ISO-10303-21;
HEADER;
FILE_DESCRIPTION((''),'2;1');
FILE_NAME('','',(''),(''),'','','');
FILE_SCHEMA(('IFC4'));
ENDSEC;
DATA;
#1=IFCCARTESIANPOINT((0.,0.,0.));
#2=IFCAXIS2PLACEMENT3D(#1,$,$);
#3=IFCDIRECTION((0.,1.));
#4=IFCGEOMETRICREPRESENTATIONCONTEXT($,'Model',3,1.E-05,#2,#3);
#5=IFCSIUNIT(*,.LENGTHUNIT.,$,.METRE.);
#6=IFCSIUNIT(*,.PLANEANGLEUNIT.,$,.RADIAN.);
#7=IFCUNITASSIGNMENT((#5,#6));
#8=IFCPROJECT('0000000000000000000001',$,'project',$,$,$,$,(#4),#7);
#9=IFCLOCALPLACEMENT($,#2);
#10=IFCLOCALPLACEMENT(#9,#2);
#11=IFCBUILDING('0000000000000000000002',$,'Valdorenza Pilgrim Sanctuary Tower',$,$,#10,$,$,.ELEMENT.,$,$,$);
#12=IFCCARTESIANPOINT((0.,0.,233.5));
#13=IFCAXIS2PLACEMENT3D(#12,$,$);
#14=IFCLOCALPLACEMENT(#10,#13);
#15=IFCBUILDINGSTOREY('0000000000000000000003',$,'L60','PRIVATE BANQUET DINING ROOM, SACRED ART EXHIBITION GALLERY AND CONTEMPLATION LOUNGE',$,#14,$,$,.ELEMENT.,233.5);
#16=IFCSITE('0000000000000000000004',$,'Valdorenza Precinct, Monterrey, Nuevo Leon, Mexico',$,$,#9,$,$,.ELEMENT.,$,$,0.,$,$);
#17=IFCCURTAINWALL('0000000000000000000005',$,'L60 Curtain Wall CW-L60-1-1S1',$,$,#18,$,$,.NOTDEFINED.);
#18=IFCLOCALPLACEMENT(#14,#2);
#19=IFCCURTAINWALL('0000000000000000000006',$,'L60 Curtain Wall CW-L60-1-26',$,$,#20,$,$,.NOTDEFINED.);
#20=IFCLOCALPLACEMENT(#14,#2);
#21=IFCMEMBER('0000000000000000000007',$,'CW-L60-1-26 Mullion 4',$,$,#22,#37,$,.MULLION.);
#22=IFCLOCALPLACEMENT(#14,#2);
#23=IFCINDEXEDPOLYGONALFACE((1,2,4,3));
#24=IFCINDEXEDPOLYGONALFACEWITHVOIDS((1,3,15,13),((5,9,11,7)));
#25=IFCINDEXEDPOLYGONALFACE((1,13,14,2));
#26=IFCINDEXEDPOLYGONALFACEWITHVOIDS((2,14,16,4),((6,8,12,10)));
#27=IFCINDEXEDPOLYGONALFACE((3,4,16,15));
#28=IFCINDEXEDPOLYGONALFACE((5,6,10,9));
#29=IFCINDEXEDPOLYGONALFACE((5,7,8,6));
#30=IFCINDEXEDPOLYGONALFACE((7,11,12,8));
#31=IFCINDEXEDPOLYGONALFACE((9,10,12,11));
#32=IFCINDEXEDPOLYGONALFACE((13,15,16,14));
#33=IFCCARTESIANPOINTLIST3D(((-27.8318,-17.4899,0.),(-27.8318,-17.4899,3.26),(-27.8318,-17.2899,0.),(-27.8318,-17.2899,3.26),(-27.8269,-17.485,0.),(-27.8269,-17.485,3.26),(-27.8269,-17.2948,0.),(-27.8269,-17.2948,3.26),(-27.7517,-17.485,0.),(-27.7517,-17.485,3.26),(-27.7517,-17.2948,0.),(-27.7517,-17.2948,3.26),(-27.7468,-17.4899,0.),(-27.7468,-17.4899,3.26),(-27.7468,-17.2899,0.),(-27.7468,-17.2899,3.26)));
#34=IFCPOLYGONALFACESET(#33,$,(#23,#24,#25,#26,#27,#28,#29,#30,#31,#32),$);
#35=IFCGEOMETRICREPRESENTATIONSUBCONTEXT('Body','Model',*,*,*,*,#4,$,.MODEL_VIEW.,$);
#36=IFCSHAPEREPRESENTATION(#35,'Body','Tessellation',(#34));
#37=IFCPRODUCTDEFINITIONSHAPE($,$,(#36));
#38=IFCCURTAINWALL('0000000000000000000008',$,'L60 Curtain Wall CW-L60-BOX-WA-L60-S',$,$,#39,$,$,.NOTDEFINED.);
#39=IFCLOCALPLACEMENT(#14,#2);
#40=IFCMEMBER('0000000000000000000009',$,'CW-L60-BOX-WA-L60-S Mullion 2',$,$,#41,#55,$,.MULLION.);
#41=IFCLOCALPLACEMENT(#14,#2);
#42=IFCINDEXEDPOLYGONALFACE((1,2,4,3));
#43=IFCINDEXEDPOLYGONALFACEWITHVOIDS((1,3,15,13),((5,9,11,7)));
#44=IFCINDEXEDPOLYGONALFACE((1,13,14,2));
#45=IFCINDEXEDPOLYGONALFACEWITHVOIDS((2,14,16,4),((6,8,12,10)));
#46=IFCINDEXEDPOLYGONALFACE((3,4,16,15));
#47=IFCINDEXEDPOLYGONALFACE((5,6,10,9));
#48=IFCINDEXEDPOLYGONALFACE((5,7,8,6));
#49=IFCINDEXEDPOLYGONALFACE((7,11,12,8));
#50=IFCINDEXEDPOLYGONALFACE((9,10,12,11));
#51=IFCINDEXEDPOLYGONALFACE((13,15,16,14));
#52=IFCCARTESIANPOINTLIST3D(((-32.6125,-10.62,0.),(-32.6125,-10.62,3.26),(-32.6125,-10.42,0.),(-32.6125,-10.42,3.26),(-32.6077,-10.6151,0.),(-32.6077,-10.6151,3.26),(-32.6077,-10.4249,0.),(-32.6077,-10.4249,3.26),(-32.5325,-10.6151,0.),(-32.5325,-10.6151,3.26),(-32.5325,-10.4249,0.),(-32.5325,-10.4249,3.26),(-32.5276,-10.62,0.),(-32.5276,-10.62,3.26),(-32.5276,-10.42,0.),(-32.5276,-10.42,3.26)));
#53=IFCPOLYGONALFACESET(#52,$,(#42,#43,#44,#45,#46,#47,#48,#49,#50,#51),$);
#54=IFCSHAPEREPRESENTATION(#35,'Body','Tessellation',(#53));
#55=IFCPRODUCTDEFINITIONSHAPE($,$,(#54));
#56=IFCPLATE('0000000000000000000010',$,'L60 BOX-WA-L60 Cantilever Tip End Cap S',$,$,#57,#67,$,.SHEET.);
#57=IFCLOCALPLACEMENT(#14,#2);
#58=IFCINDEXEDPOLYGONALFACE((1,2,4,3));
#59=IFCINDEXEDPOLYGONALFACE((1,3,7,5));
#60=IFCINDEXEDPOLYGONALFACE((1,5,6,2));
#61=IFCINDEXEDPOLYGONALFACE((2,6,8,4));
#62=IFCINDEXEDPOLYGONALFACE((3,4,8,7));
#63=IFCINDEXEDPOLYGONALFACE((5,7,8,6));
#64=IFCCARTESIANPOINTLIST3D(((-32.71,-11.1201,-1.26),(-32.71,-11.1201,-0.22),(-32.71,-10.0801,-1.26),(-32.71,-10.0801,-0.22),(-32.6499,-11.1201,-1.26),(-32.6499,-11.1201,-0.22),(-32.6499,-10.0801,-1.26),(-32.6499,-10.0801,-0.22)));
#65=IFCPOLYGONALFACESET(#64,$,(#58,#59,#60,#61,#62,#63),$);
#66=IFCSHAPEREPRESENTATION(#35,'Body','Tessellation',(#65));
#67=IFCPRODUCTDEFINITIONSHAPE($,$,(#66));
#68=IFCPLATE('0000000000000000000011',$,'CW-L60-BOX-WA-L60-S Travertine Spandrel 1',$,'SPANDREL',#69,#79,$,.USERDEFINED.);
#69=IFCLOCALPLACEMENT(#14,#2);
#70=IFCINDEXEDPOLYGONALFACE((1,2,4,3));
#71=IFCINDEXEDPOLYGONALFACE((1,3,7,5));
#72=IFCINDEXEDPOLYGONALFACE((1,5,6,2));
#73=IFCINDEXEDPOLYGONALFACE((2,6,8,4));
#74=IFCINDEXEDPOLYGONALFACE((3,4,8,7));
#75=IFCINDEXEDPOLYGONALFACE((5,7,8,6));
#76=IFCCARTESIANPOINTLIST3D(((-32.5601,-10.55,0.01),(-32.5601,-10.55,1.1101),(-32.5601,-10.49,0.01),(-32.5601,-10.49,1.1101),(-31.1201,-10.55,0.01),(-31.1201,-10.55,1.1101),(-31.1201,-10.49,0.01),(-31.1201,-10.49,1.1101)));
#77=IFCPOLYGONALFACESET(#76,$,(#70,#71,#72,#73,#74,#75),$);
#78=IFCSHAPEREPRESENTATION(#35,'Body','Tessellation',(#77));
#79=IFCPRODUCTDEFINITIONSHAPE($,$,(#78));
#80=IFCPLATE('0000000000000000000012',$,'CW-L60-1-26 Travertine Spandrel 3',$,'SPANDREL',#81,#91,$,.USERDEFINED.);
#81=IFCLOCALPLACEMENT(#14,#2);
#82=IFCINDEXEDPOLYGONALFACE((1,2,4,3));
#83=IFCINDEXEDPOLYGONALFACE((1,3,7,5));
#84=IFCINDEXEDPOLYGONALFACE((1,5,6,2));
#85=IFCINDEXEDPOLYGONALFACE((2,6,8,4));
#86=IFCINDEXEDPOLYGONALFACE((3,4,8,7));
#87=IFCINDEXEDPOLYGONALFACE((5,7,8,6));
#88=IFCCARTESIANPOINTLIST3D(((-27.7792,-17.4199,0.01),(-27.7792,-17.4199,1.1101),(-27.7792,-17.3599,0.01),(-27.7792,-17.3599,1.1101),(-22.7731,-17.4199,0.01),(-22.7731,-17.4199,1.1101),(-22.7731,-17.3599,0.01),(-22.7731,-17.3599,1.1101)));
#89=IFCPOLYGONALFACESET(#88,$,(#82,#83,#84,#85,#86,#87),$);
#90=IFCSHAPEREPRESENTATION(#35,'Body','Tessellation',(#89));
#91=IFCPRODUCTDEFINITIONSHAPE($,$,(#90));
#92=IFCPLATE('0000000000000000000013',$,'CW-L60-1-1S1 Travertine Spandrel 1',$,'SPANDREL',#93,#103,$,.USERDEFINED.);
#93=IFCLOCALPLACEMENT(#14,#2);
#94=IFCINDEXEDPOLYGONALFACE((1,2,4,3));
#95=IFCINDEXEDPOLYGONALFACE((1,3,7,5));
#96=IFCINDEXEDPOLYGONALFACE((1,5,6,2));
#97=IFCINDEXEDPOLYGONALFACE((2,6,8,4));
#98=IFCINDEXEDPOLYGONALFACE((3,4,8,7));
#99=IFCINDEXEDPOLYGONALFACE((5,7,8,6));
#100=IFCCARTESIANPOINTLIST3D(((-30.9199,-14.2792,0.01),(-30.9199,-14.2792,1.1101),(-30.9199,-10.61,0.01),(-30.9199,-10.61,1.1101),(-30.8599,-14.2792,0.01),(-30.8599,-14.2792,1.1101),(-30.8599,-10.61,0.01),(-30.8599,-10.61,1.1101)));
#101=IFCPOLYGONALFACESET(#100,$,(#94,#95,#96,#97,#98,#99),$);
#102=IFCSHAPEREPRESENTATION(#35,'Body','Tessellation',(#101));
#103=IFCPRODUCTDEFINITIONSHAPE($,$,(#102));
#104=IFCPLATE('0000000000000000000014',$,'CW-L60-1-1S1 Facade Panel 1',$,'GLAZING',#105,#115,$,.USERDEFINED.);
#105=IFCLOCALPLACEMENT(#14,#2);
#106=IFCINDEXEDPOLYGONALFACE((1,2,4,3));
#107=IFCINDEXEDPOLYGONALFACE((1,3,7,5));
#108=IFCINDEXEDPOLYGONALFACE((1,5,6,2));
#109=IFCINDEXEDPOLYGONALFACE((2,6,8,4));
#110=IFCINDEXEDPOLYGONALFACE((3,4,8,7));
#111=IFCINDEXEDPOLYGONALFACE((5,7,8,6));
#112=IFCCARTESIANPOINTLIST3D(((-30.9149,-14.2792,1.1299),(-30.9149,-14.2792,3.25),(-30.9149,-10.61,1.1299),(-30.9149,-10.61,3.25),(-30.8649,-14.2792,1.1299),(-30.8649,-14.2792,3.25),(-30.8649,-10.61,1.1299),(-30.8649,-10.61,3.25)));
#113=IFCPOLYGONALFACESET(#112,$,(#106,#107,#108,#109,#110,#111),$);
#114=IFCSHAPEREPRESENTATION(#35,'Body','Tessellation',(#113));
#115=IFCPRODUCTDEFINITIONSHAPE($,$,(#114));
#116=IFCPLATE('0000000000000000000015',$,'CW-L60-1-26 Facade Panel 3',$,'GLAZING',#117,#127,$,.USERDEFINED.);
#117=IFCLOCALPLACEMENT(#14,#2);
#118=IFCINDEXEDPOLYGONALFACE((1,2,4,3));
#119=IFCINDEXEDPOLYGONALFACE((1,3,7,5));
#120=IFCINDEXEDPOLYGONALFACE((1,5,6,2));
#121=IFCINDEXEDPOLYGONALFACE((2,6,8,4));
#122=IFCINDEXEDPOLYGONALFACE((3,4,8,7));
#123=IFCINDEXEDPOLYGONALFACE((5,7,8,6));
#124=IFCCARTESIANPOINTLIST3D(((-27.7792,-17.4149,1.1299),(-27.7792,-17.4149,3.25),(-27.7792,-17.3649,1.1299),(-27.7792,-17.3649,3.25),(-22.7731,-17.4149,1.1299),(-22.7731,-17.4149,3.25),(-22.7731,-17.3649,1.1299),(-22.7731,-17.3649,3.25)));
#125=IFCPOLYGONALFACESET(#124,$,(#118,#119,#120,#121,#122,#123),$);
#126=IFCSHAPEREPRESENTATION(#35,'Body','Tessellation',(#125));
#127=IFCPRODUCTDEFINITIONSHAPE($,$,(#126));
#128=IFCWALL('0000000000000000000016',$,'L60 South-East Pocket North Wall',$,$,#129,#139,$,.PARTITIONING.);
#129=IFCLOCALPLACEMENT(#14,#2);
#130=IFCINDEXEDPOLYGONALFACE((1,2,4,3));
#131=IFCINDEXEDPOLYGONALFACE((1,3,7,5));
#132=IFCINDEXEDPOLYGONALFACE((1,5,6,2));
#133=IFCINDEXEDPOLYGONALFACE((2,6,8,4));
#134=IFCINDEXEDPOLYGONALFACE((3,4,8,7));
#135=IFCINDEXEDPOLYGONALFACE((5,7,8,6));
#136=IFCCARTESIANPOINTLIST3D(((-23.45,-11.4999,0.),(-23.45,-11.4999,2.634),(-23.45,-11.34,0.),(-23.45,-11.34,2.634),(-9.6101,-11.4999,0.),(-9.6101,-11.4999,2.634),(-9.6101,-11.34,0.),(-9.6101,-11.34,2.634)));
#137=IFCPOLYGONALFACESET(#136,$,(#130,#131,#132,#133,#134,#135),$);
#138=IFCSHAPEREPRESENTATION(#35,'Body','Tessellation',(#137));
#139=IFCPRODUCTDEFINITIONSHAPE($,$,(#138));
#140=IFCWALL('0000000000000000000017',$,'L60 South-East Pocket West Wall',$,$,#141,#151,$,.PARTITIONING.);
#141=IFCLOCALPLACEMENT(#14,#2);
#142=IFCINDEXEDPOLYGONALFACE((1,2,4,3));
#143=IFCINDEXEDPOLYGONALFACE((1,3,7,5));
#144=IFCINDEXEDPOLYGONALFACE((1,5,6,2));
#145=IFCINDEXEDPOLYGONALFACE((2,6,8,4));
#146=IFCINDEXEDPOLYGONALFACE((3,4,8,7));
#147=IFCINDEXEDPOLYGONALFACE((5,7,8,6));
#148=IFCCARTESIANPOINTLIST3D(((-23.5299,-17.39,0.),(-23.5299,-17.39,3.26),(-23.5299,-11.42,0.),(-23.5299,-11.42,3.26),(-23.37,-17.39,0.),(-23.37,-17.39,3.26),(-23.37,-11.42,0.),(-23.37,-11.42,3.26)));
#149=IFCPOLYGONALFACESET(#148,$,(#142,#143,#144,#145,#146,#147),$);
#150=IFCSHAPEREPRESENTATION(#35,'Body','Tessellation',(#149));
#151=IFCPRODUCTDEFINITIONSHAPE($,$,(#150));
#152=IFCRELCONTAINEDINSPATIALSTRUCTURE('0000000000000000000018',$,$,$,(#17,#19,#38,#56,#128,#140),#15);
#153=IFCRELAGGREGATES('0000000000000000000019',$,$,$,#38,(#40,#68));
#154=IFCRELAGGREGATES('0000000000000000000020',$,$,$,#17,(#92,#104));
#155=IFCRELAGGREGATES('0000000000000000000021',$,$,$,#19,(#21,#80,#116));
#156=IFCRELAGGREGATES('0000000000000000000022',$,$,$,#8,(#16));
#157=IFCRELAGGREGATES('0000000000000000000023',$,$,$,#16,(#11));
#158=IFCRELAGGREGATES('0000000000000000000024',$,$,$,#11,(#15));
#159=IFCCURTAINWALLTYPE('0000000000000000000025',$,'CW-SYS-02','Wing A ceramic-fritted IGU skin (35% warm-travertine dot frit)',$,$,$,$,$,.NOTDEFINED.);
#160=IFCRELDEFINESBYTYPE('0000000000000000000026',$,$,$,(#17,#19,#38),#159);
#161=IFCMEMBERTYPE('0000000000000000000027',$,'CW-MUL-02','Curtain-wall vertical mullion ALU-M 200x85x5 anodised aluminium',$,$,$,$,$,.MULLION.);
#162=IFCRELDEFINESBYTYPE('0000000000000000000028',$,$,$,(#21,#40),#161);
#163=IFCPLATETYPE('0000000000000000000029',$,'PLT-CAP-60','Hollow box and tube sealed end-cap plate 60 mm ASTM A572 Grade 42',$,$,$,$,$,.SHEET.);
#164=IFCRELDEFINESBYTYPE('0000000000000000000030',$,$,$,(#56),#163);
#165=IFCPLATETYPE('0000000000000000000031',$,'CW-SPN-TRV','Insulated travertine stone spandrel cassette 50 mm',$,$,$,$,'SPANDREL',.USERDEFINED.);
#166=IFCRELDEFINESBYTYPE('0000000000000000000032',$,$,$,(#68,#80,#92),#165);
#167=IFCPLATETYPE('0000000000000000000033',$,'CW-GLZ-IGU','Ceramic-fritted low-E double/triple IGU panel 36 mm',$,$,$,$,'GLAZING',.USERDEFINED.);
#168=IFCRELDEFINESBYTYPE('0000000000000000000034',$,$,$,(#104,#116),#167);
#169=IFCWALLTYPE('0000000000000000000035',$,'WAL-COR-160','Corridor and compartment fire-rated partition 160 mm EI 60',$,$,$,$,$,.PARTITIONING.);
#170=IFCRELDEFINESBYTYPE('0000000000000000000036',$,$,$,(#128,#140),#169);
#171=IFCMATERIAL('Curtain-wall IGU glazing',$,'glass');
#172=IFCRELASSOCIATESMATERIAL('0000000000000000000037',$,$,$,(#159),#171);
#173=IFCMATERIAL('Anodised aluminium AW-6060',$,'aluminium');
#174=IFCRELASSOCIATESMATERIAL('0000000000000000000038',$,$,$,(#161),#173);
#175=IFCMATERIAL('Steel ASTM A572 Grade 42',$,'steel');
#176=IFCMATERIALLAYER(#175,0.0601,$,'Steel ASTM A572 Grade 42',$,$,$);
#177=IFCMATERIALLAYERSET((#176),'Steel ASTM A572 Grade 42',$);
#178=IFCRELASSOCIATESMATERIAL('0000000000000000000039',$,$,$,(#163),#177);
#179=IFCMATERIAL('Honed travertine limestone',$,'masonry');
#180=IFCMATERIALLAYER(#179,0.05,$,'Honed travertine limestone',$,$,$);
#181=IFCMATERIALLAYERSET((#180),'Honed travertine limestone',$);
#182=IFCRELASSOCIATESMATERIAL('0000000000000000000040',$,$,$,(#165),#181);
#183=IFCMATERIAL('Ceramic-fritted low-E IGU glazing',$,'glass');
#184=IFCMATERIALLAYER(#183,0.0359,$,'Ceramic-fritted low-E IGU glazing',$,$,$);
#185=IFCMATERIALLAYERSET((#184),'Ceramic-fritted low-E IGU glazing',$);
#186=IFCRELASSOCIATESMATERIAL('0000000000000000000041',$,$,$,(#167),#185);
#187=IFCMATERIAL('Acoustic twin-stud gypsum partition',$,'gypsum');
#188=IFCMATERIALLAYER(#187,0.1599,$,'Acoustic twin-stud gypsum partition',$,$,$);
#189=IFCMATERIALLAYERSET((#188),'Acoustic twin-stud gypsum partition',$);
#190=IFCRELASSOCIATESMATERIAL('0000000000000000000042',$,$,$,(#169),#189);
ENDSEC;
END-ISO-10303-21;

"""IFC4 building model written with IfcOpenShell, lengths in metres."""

from ifc_helpers import new_model, si_unit, direction, frame, frame_2d, origin, origin_2d, place, context, subcontext, project, spatial, rectangle, hollow_rectangle, extrude, source, transform, mapped, material, layer, layer_set, material_profile, profile_set, type_object, element, aggregate, save


model = new_model("IFC4")

# Units and contexts
model_context = context("Model", 3, precision=1e-05, world=origin(), true_north=direction((0.0, 1.0)))
body_context = subcontext(model_context, "Body", "Model", "MODEL_VIEW")
ifc_project = project(units=[si_unit("LENGTHUNIT", "METRE"), si_unit("PLANEANGLEUNIT", "RADIAN")], contexts=[model_context])

# Site, building, storey
site_placement = place(None, origin())
site = spatial("IfcSite", under=ifc_project, at=site_placement, Name="Valdorenza Precinct, Monterrey, Nuevo Leon, Mexico", CompositionType="ELEMENT", RefElevation=0.0)
building_placement = place(site_placement, origin())
building = spatial("IfcBuilding", under=site, at=building_placement, Name="Valdorenza Pilgrim Sanctuary Tower", CompositionType="ELEMENT")
storey_placement = place(building_placement, frame((0.0, 0.0, 233.5)))
storey = spatial("IfcBuildingStorey", under=building, at=storey_placement, Name="L60", Description="PRIVATE BANQUET DINING ROOM, SACRED ART EXHIBITION GALLERY AND CONTEMPLATION LOUNGE", CompositionType="ELEMENT", Elevation=233.5)

# Shared definitions
ifc_material_1 = material(Name="Steel ASTM A572 Grade 42", Category="steel")

# Shared definitions
ifc_material_2 = material(Name="Curtain-wall IGU glazing", Category="glass")
curtain_wall_type = type_object("IfcCurtainWallType", Name="CW-SYS-02", Description="Wing A ceramic-fritted IGU skin (35% warm-travertine dot frit)", PredefinedType="NOTDEFINED", material=ifc_material_2)
ifc_material_3 = material(Name="Anodised aluminium AW-6060", Category="aluminium")

# Curtain walls, member
curtain_wall_1_placement = place(storey_placement, origin())
curtain_wall_1 = element("IfcCurtainWall", 1, at=curtain_wall_1_placement, inside=storey, type_object=curtain_wall_type, Name="L60 Curtain Wall CW-L60-1-1S1", PredefinedType="NOTDEFINED")
ifc_material_profile_1 = material_profile(ifc_material_3, hollow_rectangle(XDim=0.085, YDim=0.2, WallThickness=0.0049, at=origin_2d()), Name="ALU-M 200x85x5")
ifc_profile_set_1 = profile_set([ifc_material_profile_1], Name="Anodised aluminium AW-6060")
member_type_1 = type_object("IfcMemberType", Name="CW-MUL-02", Description="Curtain-wall vertical mullion ALU-M 200x85x5 anodised aluminium", PredefinedType="MULLION", material=ifc_profile_set_1)
shared_shape_1 = source(origin(), body_context, "Body", "SweptSolid", [
    extrude(hollow_rectangle(XDim=0.085, YDim=0.2, WallThickness=0.0049, at=origin_2d()), origin(), (0.0, 0.0, 1.0), 3.26),
])
curtain_wall_2_placement = place(storey_placement, origin())
curtain_wall_2 = element("IfcCurtainWall", 2, at=curtain_wall_2_placement, inside=storey, type_object=curtain_wall_type, Name="L60 Curtain Wall CW-L60-1-26", PredefinedType="NOTDEFINED")
member_1_placement = place(storey_placement, frame((-27.7893, -17.3899, 0.0), z_axis=(0.0, 0.0, 1.0), x_axis=(-1.0, 0.0, 0.0)))
member_1 = element("IfcMember", 3, at=member_1_placement, type_object=member_type_1, Name="CW-L60-1-26 Mullion 4", PredefinedType="MULLION", context=body_context, shape_type="MappedRepresentation", body=[
    mapped(shared_shape_1, transform((0.0, 0.0, 0.0), x_axis=(1.0, 0.0, 0.0), y_axis=(0.0, 1.0, 0.0), z_axis=(0.0, 0.0, 1.0), scale=1.0)),
])

# Curtain wall, member
curtain_wall_3_placement = place(storey_placement, origin())
curtain_wall_3 = element("IfcCurtainWall", 4, at=curtain_wall_3_placement, inside=storey, type_object=curtain_wall_type, Name="L60 Curtain Wall CW-L60-BOX-WA-L60-S", PredefinedType="NOTDEFINED")
member_2_placement = place(storey_placement, frame((-32.5701, -10.52, 0.0), z_axis=(0.0, 0.0, 1.0), x_axis=(-1.0, 0.0, 0.0)))
member_2 = element("IfcMember", 5, at=member_2_placement, type_object=member_type_1, Name="CW-L60-BOX-WA-L60-S Mullion 2", PredefinedType="MULLION", context=body_context, shape_type="MappedRepresentation", body=[
    mapped(shared_shape_1, transform((0.0, 0.0, 0.0), x_axis=(1.0, 0.0, 0.0), y_axis=(0.0, 1.0, 0.0), z_axis=(0.0, 0.0, 1.0), scale=1.0)),
])

# Plates
ifc_layer_1 = layer(ifc_material_1, 0.0601, Name="Steel ASTM A572 Grade 42")
ifc_layer_set_1 = layer_set([ifc_layer_1], Name="Steel ASTM A572 Grade 42")
plate_type_1 = type_object("IfcPlateType", Name="PLT-CAP-60", Description="Hollow box and tube sealed end-cap plate 60 mm ASTM A572 Grade 42", PredefinedType="SHEET", material=ifc_layer_set_1)
shared_shape_2 = source(origin(), body_context, "Body", "SweptSolid", [
    extrude(rectangle(XDim=0.0601, YDim=1.04, at=origin_2d()), origin(), (0.0, 0.0, 1.0), 1.04),
])
plate_1_placement = place(storey_placement, frame((-32.6799, -10.6001, -1.26), z_axis=(0.0, 0.0, 1.0), x_axis=(1.0, 0.0, 0.0)))
element("IfcPlate", 6, at=plate_1_placement, inside=storey, type_object=plate_type_1, Name="L60 BOX-WA-L60 Cantilever Tip End Cap S", PredefinedType="SHEET", context=body_context, shape_type="MappedRepresentation", body=[
    mapped(shared_shape_2, transform((0.0, 0.0, 0.0), x_axis=(1.0, 0.0, 0.0), y_axis=(0.0, 1.0, 0.0), z_axis=(0.0, 0.0, 1.0), scale=1.0)),
])
ifc_material_4 = material(Name="Honed travertine limestone", Category="masonry")
ifc_layer_2 = layer(ifc_material_4, 0.05, Name="Honed travertine limestone")
ifc_layer_set_2 = layer_set([ifc_layer_2], Name="Honed travertine limestone")
plate_type_2 = type_object("IfcPlateType", Name="CW-SPN-TRV", Description="Insulated travertine stone spandrel cassette 50 mm", ElementType="SPANDREL", PredefinedType="USERDEFINED", material=ifc_layer_set_2)
shared_shape_3 = source(origin(), body_context, "Body", "SweptSolid", [
    extrude(rectangle(XDim=1.4399, YDim=0.0601, at=origin_2d()), origin(), (0.0, 0.0, 1.0), 1.1001),
])
plate_2_placement = place(storey_placement, frame((-31.8401, -10.52, 0.01), z_axis=(0.0, 0.0, 1.0), x_axis=(-1.0, 0.0, 0.0)))
plate_2 = element("IfcPlate", 7, at=plate_2_placement, type_object=plate_type_2, Name="CW-L60-BOX-WA-L60-S Travertine Spandrel 1", ObjectType="SPANDREL", PredefinedType="USERDEFINED", context=body_context, shape_type="MappedRepresentation", body=[
    mapped(shared_shape_3, transform((0.0, 0.0, 0.0), x_axis=(1.0, 0.0, 0.0), y_axis=(0.0, 1.0, 0.0), z_axis=(0.0, 0.0, 1.0), scale=1.0)),
])
aggregate(curtain_wall_3, [member_2, plate_2])
shared_shape_4 = source(origin(), body_context, "Body", "SweptSolid", [
    extrude(rectangle(XDim=5.0061, YDim=0.0601, at=origin_2d()), origin(), (0.0, 0.0, 1.0), 1.1001),
])
plate_3_placement = place(storey_placement, frame((-25.2761, -17.3899, 0.01), z_axis=(0.0, 0.0, 1.0), x_axis=(-1.0, 0.0, 0.0)))
plate_3 = element("IfcPlate", 8, at=plate_3_placement, type_object=plate_type_2, Name="CW-L60-1-26 Travertine Spandrel 3", ObjectType="SPANDREL", PredefinedType="USERDEFINED", context=body_context, shape_type="MappedRepresentation", body=[
    mapped(shared_shape_4, transform((0.0, 0.0, 0.0), x_axis=(1.0, 0.0, 0.0), y_axis=(0.0, 1.0, 0.0), z_axis=(0.0, 0.0, 1.0), scale=1.0)),
])
shared_shape_5 = source(origin(), body_context, "Body", "SweptSolid", [
    extrude(rectangle(XDim=3.6692, YDim=0.0601, at=origin_2d()), origin(), (0.0, 0.0, 1.0), 1.1001),
])
plate_4_placement = place(storey_placement, frame((-30.8899, -12.4446, 0.01), z_axis=(0.0, 0.0, 1.0), x_axis=(0.0, 1.0, 0.0)))
plate_4 = element("IfcPlate", 9, at=plate_4_placement, type_object=plate_type_2, Name="CW-L60-1-1S1 Travertine Spandrel 1", ObjectType="SPANDREL", PredefinedType="USERDEFINED", context=body_context, shape_type="MappedRepresentation", body=[
    mapped(shared_shape_5, transform((0.0, 0.0, 0.0), x_axis=(1.0, 0.0, 0.0), y_axis=(0.0, 1.0, 0.0), z_axis=(0.0, 0.0, 1.0), scale=1.0)),
])
ifc_material_5 = material(Name="Ceramic-fritted low-E IGU glazing", Category="glass")
ifc_layer_3 = layer(ifc_material_5, 0.0359, Name="Ceramic-fritted low-E IGU glazing")
ifc_layer_set_3 = layer_set([ifc_layer_3], Name="Ceramic-fritted low-E IGU glazing")
plate_type_3 = type_object("IfcPlateType", Name="CW-GLZ-IGU", Description="Ceramic-fritted low-E double/triple IGU panel 36 mm", ElementType="GLAZING", PredefinedType="USERDEFINED", material=ifc_layer_set_3)
shared_shape_6 = source(origin(), body_context, "Body", "SweptSolid", [
    extrude(rectangle(XDim=3.6692, YDim=0.05, at=origin_2d()), origin(), (0.0, 0.0, 1.0), 2.1201),
])
plate_5_placement = place(storey_placement, frame((-30.8899, -12.4446, 1.1299), z_axis=(0.0, 0.0, 1.0), x_axis=(0.0, 1.0, 0.0)))
plate_5 = element("IfcPlate", 10, at=plate_5_placement, type_object=plate_type_3, Name="CW-L60-1-1S1 Facade Panel 1", ObjectType="GLAZING", PredefinedType="USERDEFINED", context=body_context, shape_type="MappedRepresentation", body=[
    mapped(shared_shape_6, transform((0.0, 0.0, 0.0), x_axis=(1.0, 0.0, 0.0), y_axis=(0.0, 1.0, 0.0), z_axis=(0.0, 0.0, 1.0), scale=1.0)),
])
aggregate(curtain_wall_1, [plate_4, plate_5])
shared_shape_7 = source(origin(), body_context, "Body", "SweptSolid", [
    extrude(rectangle(XDim=5.0061, YDim=0.05, at=origin_2d()), origin(), (0.0, 0.0, 1.0), 2.1201),
])
plate_6_placement = place(storey_placement, frame((-25.2761, -17.3899, 1.1299), z_axis=(0.0, 0.0, 1.0), x_axis=(-1.0, 0.0, 0.0)))
plate_6 = element("IfcPlate", 11, at=plate_6_placement, type_object=plate_type_3, Name="CW-L60-1-26 Facade Panel 3", ObjectType="GLAZING", PredefinedType="USERDEFINED", context=body_context, shape_type="MappedRepresentation", body=[
    mapped(shared_shape_7, transform((0.0, 0.0, 0.0), x_axis=(1.0, 0.0, 0.0), y_axis=(0.0, 1.0, 0.0), z_axis=(0.0, 0.0, 1.0), scale=1.0)),
])
aggregate(curtain_wall_2, [member_1, plate_3, plate_6])

# Walls
ifc_material_6 = material(Name="Acoustic twin-stud gypsum partition", Category="gypsum")
ifc_layer_4 = layer(ifc_material_6, 0.1599, Name="Acoustic twin-stud gypsum partition")
ifc_layer_set_4 = layer_set([ifc_layer_4], Name="Acoustic twin-stud gypsum partition")
wall_type_1 = type_object("IfcWallType", Name="WAL-COR-160", Description="Corridor and compartment fire-rated partition 160 mm EI 60", PredefinedType="PARTITIONING", material=ifc_layer_set_4)
wall_1_placement = place(storey_placement, frame((-23.45, -11.4199, 0.0), z_axis=(0.0, 0.0, 1.0), x_axis=(1.0, 0.0, 0.0)))
element("IfcWall", 12, at=wall_1_placement, inside=storey, type_object=wall_type_1, Name="L60 South-East Pocket North Wall", PredefinedType="PARTITIONING", context=body_context, shape_type="SweptSolid", body=[
    extrude(rectangle(XDim=13.8398, YDim=0.1599, at=frame_2d((6.9199, 0.0))), origin(), (0.0, 0.0, 1.0), 2.634),
])
wall_2_placement = place(storey_placement, frame((-23.45, -17.3899, 0.0), z_axis=(0.0, 0.0, 1.0), x_axis=(0.0, 1.0, 0.0)))
element("IfcWall", 13, at=wall_2_placement, inside=storey, type_object=wall_type_1, Name="L60 South-East Pocket West Wall", PredefinedType="PARTITIONING", context=body_context, shape_type="SweptSolid", body=[
    extrude(rectangle(XDim=5.97, YDim=0.1599, at=frame_2d((2.9849, 0.0))), origin(), (0.0, 0.0, 1.0), 3.26),
])

save(model, "model.ifc")
